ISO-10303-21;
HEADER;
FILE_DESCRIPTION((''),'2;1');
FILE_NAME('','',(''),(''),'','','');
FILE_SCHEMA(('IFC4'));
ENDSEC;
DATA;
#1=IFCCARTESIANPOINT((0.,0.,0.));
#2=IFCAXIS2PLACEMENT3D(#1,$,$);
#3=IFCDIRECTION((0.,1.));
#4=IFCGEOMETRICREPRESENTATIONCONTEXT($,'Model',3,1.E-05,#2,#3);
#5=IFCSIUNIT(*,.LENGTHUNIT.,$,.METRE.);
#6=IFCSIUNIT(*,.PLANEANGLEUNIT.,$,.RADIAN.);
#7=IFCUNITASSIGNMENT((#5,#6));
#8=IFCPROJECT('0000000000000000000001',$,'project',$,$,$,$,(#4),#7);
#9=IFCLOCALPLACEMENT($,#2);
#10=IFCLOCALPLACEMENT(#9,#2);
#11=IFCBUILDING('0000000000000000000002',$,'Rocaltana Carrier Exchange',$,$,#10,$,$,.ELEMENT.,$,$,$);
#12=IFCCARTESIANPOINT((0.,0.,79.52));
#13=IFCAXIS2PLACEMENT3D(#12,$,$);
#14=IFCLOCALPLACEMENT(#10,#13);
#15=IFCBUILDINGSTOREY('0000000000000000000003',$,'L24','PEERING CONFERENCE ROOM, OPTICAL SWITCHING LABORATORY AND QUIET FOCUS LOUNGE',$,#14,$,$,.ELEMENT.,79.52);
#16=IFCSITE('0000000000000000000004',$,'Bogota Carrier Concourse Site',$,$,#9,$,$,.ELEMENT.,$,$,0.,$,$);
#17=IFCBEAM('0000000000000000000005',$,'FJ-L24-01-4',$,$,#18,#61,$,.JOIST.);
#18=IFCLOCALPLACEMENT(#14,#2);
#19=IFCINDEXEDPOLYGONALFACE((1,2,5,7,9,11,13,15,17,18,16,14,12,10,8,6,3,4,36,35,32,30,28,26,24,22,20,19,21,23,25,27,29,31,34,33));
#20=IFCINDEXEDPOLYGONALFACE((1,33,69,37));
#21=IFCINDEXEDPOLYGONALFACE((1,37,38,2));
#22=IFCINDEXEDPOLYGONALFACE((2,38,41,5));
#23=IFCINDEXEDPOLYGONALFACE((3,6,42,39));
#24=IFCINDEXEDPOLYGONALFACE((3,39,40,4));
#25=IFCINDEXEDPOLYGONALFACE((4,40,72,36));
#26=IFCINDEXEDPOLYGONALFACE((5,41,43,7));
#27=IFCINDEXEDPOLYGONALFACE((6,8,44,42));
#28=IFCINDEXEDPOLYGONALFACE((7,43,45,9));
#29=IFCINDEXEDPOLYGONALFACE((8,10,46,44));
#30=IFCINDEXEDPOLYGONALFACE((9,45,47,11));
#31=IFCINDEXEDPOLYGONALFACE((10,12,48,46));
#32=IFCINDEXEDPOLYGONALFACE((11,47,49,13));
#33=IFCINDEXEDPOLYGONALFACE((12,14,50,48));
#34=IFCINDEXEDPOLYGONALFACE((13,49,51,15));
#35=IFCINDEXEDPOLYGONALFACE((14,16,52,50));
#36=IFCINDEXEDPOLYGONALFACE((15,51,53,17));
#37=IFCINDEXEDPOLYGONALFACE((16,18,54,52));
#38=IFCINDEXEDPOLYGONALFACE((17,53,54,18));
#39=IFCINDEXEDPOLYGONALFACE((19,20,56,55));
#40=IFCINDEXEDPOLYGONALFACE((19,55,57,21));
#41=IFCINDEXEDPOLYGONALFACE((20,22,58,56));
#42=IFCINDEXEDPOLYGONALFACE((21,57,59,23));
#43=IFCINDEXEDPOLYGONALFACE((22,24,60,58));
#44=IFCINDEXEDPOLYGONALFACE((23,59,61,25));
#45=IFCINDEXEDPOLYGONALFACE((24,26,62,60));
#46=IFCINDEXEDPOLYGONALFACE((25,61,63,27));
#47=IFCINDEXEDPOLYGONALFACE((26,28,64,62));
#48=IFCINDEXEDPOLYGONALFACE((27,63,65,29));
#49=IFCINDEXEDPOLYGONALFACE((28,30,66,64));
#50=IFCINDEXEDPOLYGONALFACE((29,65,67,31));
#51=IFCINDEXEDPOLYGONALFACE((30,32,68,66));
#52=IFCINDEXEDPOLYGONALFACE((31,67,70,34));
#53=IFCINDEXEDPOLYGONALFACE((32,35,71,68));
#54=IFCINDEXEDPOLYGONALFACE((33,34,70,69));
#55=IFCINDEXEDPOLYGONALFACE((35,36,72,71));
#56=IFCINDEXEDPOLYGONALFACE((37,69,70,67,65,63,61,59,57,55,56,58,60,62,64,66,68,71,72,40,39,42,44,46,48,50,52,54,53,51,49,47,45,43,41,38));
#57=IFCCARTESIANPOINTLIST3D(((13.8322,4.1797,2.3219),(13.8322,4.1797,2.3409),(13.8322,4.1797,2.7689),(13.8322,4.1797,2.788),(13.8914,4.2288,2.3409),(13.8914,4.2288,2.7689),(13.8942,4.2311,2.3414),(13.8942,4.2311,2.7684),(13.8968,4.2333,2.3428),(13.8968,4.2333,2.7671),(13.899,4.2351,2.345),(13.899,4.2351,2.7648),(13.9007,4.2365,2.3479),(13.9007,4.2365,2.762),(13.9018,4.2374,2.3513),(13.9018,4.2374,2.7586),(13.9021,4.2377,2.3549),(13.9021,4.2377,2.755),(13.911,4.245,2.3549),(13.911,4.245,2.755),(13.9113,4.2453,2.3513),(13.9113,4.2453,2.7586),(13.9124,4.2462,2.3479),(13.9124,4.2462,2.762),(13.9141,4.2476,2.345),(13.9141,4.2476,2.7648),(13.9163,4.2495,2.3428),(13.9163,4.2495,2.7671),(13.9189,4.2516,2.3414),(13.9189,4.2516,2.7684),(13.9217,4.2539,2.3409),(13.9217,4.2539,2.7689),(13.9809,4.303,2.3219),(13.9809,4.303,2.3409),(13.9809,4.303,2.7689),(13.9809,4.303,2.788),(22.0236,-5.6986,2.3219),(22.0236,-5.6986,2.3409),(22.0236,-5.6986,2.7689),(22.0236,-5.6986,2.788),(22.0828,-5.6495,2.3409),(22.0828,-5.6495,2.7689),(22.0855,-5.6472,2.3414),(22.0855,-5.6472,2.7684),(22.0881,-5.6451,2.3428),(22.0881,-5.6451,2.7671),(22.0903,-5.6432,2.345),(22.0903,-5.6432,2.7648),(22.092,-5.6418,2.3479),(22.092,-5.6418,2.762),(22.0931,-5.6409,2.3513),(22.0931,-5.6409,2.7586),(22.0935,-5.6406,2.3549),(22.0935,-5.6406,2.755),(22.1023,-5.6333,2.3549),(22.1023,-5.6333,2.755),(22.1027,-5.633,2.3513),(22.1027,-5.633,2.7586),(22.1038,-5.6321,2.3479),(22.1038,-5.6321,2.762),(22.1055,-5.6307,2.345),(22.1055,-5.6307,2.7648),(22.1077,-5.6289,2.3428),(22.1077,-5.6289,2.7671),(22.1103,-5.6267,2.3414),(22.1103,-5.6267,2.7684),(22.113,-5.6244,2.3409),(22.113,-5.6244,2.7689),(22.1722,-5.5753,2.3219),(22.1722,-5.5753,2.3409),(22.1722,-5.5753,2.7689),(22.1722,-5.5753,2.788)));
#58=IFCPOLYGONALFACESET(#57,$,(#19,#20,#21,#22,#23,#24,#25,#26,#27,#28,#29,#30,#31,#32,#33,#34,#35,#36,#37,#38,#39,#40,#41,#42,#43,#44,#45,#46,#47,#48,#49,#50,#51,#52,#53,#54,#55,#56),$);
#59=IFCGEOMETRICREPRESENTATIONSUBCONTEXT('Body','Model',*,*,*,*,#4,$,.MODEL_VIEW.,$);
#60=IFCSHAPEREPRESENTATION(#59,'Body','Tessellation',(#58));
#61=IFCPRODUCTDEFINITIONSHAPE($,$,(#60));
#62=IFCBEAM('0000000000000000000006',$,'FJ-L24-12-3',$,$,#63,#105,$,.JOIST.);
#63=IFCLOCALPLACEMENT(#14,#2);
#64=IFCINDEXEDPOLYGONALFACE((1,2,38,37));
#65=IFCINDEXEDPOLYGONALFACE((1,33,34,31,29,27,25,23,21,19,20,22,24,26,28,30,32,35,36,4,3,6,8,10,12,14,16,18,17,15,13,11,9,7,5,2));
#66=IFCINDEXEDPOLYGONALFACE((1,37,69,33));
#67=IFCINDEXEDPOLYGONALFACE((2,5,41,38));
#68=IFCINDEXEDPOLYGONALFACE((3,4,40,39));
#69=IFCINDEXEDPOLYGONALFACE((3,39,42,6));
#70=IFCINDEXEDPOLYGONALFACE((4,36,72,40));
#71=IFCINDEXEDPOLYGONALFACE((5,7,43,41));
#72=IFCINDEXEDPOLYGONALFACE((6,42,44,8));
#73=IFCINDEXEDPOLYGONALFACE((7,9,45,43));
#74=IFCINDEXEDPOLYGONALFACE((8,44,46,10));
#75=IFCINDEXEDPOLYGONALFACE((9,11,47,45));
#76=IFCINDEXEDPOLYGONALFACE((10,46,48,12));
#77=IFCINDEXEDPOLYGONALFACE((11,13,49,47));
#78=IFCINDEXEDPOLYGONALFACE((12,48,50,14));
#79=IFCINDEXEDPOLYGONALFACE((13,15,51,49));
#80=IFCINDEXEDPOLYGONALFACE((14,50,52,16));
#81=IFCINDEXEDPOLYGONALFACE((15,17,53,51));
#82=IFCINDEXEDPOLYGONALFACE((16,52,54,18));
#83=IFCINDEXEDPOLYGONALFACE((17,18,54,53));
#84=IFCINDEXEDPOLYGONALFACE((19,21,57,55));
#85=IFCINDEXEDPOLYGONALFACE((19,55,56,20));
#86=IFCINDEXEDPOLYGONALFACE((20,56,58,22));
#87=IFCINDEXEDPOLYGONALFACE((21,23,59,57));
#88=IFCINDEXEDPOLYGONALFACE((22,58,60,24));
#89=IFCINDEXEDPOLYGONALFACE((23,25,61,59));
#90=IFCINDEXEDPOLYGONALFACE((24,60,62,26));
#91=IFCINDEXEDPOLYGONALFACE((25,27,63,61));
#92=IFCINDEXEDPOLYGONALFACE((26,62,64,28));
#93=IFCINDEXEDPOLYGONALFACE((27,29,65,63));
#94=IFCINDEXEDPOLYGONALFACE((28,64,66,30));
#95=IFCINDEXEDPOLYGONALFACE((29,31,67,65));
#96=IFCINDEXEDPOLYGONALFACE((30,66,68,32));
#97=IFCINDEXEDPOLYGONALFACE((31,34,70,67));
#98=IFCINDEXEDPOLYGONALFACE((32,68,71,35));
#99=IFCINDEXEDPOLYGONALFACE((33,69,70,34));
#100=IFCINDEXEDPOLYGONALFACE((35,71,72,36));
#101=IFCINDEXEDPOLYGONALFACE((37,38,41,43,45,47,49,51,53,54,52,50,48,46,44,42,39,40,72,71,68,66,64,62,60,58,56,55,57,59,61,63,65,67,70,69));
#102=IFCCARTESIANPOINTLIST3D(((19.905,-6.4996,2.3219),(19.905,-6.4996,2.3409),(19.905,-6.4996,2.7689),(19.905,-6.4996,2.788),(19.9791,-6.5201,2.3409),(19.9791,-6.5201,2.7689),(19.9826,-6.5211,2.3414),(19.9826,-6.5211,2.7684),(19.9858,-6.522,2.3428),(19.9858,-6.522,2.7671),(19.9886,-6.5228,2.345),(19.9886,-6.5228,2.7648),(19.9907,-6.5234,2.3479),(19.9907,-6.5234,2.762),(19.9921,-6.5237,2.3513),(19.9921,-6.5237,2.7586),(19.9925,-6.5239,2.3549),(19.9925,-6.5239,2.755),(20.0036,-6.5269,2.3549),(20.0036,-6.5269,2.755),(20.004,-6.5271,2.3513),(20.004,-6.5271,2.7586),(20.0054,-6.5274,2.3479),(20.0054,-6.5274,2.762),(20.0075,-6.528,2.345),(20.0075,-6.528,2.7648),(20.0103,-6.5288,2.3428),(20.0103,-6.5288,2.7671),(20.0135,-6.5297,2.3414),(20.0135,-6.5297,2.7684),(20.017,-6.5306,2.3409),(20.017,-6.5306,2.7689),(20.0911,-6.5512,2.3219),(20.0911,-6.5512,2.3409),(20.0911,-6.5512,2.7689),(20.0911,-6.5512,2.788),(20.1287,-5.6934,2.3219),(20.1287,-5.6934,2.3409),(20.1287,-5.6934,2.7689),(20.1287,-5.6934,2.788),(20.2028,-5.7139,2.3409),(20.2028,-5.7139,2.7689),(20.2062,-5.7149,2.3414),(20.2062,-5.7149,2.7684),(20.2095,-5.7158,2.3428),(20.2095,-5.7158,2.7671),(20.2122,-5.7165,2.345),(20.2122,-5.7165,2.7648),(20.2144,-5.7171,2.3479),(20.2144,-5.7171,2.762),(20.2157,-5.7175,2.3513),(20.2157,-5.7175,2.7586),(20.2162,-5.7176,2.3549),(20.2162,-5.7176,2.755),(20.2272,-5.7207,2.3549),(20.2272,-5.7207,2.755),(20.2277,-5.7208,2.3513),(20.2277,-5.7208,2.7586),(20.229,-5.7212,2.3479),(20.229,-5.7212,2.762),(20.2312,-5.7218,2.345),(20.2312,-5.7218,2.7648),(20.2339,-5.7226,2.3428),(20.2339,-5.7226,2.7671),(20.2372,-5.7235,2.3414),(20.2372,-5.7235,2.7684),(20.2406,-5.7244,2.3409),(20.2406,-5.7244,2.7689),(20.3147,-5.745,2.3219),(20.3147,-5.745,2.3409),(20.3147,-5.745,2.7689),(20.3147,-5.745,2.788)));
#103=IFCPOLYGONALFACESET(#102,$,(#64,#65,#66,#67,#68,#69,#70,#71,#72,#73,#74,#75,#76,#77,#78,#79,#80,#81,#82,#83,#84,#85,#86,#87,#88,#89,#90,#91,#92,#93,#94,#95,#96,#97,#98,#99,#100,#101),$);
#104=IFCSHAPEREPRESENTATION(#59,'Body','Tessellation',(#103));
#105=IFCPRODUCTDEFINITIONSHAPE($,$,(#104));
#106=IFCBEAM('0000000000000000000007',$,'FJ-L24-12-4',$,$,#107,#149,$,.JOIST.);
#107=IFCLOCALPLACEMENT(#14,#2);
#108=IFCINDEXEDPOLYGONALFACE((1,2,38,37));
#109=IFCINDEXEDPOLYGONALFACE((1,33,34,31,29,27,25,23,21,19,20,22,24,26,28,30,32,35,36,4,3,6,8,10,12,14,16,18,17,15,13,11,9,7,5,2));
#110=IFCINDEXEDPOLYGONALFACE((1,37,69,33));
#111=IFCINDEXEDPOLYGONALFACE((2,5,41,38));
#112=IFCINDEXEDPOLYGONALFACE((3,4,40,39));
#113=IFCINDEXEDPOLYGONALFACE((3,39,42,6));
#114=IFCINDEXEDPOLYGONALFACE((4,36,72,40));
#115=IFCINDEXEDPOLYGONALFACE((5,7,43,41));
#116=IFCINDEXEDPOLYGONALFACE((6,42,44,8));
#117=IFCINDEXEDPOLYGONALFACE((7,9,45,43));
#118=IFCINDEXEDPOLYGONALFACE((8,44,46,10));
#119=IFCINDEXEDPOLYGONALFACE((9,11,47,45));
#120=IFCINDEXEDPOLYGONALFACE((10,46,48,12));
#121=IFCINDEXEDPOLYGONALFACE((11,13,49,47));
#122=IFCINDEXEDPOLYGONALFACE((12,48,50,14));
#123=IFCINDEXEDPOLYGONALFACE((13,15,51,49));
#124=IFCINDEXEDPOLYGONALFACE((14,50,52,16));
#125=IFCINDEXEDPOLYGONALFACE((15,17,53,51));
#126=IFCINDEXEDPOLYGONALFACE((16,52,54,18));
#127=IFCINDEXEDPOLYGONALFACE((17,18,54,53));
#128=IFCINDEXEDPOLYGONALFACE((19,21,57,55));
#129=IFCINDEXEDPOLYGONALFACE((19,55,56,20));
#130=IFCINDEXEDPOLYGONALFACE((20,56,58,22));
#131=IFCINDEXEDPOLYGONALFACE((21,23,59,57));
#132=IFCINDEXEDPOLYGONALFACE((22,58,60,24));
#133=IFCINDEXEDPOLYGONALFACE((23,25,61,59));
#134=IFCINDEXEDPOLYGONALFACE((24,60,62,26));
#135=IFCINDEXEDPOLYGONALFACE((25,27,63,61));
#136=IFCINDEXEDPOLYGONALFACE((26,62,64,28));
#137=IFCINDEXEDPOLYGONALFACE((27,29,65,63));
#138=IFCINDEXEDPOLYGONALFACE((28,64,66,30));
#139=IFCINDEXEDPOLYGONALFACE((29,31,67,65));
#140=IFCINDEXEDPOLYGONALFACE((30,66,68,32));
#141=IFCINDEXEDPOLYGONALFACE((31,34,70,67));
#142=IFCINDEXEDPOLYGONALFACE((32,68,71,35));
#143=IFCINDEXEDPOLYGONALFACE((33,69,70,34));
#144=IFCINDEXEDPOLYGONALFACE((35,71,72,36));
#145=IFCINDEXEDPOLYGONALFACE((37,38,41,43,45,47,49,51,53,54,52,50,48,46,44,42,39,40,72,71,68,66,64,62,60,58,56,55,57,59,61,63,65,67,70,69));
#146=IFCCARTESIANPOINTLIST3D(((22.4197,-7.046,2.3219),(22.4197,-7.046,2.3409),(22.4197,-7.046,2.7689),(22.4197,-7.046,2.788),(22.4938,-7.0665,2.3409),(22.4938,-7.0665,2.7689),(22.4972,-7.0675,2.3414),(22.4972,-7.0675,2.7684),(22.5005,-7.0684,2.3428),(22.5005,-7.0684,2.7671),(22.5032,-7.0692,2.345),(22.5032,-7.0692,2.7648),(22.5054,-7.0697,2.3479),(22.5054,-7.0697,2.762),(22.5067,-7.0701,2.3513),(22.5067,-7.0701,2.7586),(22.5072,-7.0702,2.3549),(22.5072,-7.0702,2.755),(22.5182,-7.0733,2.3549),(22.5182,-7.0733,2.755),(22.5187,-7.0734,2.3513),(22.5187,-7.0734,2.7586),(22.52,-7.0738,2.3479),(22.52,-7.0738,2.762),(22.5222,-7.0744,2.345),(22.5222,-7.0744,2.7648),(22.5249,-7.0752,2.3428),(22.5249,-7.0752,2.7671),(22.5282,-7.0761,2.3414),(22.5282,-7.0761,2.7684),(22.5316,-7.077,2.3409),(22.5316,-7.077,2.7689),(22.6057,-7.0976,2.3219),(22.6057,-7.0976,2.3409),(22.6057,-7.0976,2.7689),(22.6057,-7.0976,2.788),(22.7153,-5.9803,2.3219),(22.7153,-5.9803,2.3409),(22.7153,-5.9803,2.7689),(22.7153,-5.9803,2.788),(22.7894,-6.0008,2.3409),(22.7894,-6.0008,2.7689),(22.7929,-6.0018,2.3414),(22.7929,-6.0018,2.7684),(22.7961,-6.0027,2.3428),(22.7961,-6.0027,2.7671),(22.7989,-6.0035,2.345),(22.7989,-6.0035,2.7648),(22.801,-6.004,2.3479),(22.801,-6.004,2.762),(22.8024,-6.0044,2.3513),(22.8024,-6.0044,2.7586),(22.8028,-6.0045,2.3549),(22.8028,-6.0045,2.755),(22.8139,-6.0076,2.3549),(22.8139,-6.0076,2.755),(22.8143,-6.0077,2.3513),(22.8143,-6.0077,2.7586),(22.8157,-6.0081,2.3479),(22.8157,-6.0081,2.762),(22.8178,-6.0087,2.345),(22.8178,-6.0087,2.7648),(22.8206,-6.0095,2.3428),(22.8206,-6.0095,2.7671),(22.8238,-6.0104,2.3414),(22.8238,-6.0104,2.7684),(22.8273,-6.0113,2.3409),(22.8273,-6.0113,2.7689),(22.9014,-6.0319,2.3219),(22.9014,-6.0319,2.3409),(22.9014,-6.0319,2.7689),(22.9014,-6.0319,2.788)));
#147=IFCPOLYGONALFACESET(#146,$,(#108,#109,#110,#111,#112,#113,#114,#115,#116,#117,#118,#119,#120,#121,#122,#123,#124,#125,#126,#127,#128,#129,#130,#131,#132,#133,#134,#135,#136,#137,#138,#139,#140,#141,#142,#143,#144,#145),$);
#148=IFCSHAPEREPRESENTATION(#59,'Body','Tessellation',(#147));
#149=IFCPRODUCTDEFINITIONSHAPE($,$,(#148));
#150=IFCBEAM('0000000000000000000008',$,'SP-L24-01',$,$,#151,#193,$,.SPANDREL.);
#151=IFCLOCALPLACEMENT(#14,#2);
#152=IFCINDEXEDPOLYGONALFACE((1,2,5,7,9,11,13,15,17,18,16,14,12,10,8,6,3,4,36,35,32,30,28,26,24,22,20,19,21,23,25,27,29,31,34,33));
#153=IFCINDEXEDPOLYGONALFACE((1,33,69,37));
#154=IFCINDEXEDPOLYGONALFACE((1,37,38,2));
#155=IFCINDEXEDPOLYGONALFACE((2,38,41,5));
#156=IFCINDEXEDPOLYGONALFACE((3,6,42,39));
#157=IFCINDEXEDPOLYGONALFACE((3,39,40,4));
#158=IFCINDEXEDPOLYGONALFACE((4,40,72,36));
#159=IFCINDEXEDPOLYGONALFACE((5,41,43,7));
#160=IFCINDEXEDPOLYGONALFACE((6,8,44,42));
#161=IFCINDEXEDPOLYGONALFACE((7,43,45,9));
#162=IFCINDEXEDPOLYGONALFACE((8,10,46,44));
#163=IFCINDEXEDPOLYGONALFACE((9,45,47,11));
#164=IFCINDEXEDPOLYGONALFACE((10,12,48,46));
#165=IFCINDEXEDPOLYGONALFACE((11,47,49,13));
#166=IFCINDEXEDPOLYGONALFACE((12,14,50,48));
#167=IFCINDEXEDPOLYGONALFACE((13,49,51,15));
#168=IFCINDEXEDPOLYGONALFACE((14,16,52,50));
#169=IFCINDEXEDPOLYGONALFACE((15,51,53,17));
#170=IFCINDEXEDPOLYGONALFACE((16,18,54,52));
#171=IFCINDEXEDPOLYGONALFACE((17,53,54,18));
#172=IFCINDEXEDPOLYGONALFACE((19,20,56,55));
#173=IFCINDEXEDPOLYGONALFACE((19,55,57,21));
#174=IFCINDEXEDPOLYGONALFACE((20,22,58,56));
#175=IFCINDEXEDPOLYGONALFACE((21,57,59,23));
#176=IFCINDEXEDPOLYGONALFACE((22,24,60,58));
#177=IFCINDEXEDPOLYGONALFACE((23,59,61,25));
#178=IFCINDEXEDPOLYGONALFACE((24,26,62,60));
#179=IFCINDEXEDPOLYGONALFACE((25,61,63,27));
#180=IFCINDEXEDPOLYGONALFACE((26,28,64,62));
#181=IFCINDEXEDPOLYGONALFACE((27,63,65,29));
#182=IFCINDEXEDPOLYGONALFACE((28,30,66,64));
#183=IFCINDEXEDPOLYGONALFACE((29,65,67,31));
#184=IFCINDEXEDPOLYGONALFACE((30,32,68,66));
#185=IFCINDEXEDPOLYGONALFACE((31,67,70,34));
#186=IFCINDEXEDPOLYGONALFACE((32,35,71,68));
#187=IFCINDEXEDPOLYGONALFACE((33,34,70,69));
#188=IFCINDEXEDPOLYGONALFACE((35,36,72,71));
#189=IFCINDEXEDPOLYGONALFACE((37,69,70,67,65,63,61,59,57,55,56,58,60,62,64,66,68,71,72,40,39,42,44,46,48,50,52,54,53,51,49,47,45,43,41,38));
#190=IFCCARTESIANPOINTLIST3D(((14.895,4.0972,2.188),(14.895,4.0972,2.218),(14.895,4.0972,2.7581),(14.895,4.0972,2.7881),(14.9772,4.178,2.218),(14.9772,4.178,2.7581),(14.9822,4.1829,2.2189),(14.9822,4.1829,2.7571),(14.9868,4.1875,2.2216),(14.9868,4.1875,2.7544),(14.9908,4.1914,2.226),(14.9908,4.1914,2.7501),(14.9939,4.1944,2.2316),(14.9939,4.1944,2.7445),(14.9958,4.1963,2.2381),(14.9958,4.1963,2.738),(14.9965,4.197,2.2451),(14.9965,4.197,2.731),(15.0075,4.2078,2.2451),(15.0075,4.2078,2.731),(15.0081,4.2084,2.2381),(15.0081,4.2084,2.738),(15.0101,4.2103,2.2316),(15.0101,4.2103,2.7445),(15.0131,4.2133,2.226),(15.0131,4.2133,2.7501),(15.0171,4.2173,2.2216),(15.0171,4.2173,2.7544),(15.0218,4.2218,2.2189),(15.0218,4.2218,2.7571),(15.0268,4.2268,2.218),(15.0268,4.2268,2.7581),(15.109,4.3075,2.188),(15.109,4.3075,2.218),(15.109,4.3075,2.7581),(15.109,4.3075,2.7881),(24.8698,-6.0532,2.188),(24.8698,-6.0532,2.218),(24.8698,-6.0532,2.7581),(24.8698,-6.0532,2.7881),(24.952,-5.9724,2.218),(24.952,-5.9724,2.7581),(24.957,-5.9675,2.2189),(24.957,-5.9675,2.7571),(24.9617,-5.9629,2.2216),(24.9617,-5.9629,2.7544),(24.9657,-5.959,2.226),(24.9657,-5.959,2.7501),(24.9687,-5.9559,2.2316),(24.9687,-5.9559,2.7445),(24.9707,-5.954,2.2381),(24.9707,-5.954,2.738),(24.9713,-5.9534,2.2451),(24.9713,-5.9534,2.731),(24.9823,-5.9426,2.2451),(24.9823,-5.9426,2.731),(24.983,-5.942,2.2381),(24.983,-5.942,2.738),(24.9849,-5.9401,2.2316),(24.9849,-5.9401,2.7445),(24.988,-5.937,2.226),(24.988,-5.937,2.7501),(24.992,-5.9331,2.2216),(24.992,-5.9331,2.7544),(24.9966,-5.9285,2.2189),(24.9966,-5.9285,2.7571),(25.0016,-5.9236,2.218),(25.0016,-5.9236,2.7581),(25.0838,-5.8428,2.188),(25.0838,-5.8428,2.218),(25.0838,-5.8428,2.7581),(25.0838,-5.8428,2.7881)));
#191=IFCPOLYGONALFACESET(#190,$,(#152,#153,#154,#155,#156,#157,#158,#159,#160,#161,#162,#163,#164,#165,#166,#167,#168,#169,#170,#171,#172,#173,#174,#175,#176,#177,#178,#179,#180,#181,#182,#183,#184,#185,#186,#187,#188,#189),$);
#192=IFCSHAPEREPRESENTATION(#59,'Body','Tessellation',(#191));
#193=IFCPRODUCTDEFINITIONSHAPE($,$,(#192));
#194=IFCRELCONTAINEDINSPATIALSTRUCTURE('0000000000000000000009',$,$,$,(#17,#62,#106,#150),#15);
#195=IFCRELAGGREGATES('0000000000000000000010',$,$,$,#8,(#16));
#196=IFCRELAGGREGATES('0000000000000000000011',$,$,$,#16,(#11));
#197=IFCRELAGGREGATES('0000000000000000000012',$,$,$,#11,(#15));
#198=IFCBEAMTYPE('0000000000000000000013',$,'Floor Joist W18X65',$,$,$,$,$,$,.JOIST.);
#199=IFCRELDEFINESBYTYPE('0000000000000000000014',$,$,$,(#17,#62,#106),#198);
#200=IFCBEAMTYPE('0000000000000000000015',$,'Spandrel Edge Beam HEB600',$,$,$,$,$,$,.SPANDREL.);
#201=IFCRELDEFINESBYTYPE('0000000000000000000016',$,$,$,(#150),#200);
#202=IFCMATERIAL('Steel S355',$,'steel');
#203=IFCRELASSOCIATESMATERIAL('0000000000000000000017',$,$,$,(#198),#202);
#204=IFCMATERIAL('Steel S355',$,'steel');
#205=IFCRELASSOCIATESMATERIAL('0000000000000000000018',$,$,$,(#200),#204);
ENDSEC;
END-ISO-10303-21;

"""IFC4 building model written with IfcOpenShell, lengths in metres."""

from ifc_helpers import new_model, si_unit, direction, frame, origin, origin_2d, place, context, subcontext, project, spatial, i_section, extrude, material, material_profile, profile_set, type_object, element, save


model = new_model("IFC4")

# Units and contexts
model_context = context("Model", 3, precision=1e-05, world=origin(), true_north=direction((0.0, 1.0)))
body_context = subcontext(model_context, "Body", "Model", "MODEL_VIEW")
ifc_project = project(units=[si_unit("LENGTHUNIT", "METRE"), si_unit("PLANEANGLEUNIT", "RADIAN")], contexts=[model_context])

# Site, building, storey
site_placement = place(None, origin())
site = spatial("IfcSite", under=ifc_project, at=site_placement, Name="Bogota Carrier Concourse Site", CompositionType="ELEMENT", RefElevation=0.0)
building_placement = place(site_placement, origin())
building = spatial("IfcBuilding", under=site, at=building_placement, Name="Rocaltana Carrier Exchange", CompositionType="ELEMENT")
storey_placement = place(building_placement, frame((0.0, 0.0, 79.52)))
storey = spatial("IfcBuildingStorey", under=building, at=storey_placement, Name="L24", Description="PEERING CONFERENCE ROOM, OPTICAL SWITCHING LABORATORY AND QUIET FOCUS LOUNGE", CompositionType="ELEMENT", Elevation=79.52)

# Beams
ifc_material_1 = material(Name="Steel S355", Category="steel")
ifc_material_profile_1 = material_profile(ifc_material_1, i_section(OverallWidth=0.1931, OverallDepth=0.4661, WebThickness=0.0115, FlangeThickness=0.019, FilletRadius=0.0139, at=origin_2d()), Name="W18X65")
ifc_profile_set_1 = profile_set([ifc_material_profile_1], Name="Steel S355")
beam_type_1 = type_object("IfcBeamType", Name="Floor Joist W18X65", PredefinedType="JOIST", material=ifc_profile_set_1)
beam_1_placement = place(storey_placement, frame((22.0979, -5.637, 2.5549), z_axis=(-0.638315, 0.769775, 0.0), x_axis=(-0.769775, -0.638315, 0.0)))
element("IfcBeam", 1, at=beam_1_placement, inside=storey, type_object=beam_type_1, Name="FJ-L24-01-4", PredefinedType="JOIST", context=body_context, shape_type="SweptSolid", body=[
    extrude(i_section(OverallWidth=0.1931, OverallDepth=0.4661, WebThickness=0.0115, FlangeThickness=0.019, FilletRadius=0.0139, at=origin_2d()), origin(), (0.0, 0.0, 1.0), 12.8328),
])
beam_2_placement = place(storey_placement, frame((19.998, -6.5254, 2.5549), z_axis=(0.267313, 0.96361, 0.0), x_axis=(-0.96361, 0.267313, 0.0)))
element("IfcBeam", 2, at=beam_2_placement, inside=storey, type_object=beam_type_1, Name="FJ-L24-12-3", PredefinedType="JOIST", context=body_context, shape_type="SweptSolid", body=[
    extrude(i_section(OverallWidth=0.1931, OverallDepth=0.4661, WebThickness=0.0115, FlangeThickness=0.019, FilletRadius=0.0139, at=origin_2d()), origin(), (0.0, 0.0, 1.0), 0.8367),
])
beam_3_placement = place(storey_placement, frame((22.5127, -7.0718, 2.5549), z_axis=(0.267336, 0.963603, 0.0), x_axis=(-0.963603, 0.267336, 0.0)))
element("IfcBeam", 3, at=beam_3_placement, inside=storey, type_object=beam_type_1, Name="FJ-L24-12-4", PredefinedType="JOIST", context=body_context, shape_type="SweptSolid", body=[
    extrude(i_section(OverallWidth=0.1931, OverallDepth=0.4661, WebThickness=0.0115, FlangeThickness=0.019, FilletRadius=0.0139, at=origin_2d()), origin(), (0.0, 0.0, 1.0), 1.106),
])
ifc_material_2 = material(Name="Steel S355", Category="steel")
ifc_material_profile_2 = material_profile(ifc_material_2, i_section(OverallWidth=0.3, OverallDepth=0.6001, WebThickness=0.0154, FlangeThickness=0.03, FilletRadius=0.0271, at=origin_2d()), Name="HEB600")
ifc_profile_set_2 = profile_set([ifc_material_profile_2], Name="Steel S355")
beam_type_2 = type_object("IfcBeamType", Name="Spandrel Edge Beam HEB600", PredefinedType="SPANDREL", material=ifc_profile_set_2)
beam_4_placement = place(storey_placement, frame((24.9768, -5.948, 2.488), z_axis=(-0.700913, 0.713247, 0.0), x_axis=(-0.713247, -0.700913, 0.0)))
element("IfcBeam", 4, at=beam_4_placement, inside=storey, type_object=beam_type_2, Name="SP-L24-01", PredefinedType="SPANDREL", context=body_context, shape_type="SweptSolid", body=[
    extrude(i_section(OverallWidth=0.3, OverallDepth=0.6001, WebThickness=0.0154, FlangeThickness=0.03, FilletRadius=0.0271, at=origin_2d()), origin(), (0.0, 0.0, 1.0), 14.2312),
])

save(model, "model.ifc")
